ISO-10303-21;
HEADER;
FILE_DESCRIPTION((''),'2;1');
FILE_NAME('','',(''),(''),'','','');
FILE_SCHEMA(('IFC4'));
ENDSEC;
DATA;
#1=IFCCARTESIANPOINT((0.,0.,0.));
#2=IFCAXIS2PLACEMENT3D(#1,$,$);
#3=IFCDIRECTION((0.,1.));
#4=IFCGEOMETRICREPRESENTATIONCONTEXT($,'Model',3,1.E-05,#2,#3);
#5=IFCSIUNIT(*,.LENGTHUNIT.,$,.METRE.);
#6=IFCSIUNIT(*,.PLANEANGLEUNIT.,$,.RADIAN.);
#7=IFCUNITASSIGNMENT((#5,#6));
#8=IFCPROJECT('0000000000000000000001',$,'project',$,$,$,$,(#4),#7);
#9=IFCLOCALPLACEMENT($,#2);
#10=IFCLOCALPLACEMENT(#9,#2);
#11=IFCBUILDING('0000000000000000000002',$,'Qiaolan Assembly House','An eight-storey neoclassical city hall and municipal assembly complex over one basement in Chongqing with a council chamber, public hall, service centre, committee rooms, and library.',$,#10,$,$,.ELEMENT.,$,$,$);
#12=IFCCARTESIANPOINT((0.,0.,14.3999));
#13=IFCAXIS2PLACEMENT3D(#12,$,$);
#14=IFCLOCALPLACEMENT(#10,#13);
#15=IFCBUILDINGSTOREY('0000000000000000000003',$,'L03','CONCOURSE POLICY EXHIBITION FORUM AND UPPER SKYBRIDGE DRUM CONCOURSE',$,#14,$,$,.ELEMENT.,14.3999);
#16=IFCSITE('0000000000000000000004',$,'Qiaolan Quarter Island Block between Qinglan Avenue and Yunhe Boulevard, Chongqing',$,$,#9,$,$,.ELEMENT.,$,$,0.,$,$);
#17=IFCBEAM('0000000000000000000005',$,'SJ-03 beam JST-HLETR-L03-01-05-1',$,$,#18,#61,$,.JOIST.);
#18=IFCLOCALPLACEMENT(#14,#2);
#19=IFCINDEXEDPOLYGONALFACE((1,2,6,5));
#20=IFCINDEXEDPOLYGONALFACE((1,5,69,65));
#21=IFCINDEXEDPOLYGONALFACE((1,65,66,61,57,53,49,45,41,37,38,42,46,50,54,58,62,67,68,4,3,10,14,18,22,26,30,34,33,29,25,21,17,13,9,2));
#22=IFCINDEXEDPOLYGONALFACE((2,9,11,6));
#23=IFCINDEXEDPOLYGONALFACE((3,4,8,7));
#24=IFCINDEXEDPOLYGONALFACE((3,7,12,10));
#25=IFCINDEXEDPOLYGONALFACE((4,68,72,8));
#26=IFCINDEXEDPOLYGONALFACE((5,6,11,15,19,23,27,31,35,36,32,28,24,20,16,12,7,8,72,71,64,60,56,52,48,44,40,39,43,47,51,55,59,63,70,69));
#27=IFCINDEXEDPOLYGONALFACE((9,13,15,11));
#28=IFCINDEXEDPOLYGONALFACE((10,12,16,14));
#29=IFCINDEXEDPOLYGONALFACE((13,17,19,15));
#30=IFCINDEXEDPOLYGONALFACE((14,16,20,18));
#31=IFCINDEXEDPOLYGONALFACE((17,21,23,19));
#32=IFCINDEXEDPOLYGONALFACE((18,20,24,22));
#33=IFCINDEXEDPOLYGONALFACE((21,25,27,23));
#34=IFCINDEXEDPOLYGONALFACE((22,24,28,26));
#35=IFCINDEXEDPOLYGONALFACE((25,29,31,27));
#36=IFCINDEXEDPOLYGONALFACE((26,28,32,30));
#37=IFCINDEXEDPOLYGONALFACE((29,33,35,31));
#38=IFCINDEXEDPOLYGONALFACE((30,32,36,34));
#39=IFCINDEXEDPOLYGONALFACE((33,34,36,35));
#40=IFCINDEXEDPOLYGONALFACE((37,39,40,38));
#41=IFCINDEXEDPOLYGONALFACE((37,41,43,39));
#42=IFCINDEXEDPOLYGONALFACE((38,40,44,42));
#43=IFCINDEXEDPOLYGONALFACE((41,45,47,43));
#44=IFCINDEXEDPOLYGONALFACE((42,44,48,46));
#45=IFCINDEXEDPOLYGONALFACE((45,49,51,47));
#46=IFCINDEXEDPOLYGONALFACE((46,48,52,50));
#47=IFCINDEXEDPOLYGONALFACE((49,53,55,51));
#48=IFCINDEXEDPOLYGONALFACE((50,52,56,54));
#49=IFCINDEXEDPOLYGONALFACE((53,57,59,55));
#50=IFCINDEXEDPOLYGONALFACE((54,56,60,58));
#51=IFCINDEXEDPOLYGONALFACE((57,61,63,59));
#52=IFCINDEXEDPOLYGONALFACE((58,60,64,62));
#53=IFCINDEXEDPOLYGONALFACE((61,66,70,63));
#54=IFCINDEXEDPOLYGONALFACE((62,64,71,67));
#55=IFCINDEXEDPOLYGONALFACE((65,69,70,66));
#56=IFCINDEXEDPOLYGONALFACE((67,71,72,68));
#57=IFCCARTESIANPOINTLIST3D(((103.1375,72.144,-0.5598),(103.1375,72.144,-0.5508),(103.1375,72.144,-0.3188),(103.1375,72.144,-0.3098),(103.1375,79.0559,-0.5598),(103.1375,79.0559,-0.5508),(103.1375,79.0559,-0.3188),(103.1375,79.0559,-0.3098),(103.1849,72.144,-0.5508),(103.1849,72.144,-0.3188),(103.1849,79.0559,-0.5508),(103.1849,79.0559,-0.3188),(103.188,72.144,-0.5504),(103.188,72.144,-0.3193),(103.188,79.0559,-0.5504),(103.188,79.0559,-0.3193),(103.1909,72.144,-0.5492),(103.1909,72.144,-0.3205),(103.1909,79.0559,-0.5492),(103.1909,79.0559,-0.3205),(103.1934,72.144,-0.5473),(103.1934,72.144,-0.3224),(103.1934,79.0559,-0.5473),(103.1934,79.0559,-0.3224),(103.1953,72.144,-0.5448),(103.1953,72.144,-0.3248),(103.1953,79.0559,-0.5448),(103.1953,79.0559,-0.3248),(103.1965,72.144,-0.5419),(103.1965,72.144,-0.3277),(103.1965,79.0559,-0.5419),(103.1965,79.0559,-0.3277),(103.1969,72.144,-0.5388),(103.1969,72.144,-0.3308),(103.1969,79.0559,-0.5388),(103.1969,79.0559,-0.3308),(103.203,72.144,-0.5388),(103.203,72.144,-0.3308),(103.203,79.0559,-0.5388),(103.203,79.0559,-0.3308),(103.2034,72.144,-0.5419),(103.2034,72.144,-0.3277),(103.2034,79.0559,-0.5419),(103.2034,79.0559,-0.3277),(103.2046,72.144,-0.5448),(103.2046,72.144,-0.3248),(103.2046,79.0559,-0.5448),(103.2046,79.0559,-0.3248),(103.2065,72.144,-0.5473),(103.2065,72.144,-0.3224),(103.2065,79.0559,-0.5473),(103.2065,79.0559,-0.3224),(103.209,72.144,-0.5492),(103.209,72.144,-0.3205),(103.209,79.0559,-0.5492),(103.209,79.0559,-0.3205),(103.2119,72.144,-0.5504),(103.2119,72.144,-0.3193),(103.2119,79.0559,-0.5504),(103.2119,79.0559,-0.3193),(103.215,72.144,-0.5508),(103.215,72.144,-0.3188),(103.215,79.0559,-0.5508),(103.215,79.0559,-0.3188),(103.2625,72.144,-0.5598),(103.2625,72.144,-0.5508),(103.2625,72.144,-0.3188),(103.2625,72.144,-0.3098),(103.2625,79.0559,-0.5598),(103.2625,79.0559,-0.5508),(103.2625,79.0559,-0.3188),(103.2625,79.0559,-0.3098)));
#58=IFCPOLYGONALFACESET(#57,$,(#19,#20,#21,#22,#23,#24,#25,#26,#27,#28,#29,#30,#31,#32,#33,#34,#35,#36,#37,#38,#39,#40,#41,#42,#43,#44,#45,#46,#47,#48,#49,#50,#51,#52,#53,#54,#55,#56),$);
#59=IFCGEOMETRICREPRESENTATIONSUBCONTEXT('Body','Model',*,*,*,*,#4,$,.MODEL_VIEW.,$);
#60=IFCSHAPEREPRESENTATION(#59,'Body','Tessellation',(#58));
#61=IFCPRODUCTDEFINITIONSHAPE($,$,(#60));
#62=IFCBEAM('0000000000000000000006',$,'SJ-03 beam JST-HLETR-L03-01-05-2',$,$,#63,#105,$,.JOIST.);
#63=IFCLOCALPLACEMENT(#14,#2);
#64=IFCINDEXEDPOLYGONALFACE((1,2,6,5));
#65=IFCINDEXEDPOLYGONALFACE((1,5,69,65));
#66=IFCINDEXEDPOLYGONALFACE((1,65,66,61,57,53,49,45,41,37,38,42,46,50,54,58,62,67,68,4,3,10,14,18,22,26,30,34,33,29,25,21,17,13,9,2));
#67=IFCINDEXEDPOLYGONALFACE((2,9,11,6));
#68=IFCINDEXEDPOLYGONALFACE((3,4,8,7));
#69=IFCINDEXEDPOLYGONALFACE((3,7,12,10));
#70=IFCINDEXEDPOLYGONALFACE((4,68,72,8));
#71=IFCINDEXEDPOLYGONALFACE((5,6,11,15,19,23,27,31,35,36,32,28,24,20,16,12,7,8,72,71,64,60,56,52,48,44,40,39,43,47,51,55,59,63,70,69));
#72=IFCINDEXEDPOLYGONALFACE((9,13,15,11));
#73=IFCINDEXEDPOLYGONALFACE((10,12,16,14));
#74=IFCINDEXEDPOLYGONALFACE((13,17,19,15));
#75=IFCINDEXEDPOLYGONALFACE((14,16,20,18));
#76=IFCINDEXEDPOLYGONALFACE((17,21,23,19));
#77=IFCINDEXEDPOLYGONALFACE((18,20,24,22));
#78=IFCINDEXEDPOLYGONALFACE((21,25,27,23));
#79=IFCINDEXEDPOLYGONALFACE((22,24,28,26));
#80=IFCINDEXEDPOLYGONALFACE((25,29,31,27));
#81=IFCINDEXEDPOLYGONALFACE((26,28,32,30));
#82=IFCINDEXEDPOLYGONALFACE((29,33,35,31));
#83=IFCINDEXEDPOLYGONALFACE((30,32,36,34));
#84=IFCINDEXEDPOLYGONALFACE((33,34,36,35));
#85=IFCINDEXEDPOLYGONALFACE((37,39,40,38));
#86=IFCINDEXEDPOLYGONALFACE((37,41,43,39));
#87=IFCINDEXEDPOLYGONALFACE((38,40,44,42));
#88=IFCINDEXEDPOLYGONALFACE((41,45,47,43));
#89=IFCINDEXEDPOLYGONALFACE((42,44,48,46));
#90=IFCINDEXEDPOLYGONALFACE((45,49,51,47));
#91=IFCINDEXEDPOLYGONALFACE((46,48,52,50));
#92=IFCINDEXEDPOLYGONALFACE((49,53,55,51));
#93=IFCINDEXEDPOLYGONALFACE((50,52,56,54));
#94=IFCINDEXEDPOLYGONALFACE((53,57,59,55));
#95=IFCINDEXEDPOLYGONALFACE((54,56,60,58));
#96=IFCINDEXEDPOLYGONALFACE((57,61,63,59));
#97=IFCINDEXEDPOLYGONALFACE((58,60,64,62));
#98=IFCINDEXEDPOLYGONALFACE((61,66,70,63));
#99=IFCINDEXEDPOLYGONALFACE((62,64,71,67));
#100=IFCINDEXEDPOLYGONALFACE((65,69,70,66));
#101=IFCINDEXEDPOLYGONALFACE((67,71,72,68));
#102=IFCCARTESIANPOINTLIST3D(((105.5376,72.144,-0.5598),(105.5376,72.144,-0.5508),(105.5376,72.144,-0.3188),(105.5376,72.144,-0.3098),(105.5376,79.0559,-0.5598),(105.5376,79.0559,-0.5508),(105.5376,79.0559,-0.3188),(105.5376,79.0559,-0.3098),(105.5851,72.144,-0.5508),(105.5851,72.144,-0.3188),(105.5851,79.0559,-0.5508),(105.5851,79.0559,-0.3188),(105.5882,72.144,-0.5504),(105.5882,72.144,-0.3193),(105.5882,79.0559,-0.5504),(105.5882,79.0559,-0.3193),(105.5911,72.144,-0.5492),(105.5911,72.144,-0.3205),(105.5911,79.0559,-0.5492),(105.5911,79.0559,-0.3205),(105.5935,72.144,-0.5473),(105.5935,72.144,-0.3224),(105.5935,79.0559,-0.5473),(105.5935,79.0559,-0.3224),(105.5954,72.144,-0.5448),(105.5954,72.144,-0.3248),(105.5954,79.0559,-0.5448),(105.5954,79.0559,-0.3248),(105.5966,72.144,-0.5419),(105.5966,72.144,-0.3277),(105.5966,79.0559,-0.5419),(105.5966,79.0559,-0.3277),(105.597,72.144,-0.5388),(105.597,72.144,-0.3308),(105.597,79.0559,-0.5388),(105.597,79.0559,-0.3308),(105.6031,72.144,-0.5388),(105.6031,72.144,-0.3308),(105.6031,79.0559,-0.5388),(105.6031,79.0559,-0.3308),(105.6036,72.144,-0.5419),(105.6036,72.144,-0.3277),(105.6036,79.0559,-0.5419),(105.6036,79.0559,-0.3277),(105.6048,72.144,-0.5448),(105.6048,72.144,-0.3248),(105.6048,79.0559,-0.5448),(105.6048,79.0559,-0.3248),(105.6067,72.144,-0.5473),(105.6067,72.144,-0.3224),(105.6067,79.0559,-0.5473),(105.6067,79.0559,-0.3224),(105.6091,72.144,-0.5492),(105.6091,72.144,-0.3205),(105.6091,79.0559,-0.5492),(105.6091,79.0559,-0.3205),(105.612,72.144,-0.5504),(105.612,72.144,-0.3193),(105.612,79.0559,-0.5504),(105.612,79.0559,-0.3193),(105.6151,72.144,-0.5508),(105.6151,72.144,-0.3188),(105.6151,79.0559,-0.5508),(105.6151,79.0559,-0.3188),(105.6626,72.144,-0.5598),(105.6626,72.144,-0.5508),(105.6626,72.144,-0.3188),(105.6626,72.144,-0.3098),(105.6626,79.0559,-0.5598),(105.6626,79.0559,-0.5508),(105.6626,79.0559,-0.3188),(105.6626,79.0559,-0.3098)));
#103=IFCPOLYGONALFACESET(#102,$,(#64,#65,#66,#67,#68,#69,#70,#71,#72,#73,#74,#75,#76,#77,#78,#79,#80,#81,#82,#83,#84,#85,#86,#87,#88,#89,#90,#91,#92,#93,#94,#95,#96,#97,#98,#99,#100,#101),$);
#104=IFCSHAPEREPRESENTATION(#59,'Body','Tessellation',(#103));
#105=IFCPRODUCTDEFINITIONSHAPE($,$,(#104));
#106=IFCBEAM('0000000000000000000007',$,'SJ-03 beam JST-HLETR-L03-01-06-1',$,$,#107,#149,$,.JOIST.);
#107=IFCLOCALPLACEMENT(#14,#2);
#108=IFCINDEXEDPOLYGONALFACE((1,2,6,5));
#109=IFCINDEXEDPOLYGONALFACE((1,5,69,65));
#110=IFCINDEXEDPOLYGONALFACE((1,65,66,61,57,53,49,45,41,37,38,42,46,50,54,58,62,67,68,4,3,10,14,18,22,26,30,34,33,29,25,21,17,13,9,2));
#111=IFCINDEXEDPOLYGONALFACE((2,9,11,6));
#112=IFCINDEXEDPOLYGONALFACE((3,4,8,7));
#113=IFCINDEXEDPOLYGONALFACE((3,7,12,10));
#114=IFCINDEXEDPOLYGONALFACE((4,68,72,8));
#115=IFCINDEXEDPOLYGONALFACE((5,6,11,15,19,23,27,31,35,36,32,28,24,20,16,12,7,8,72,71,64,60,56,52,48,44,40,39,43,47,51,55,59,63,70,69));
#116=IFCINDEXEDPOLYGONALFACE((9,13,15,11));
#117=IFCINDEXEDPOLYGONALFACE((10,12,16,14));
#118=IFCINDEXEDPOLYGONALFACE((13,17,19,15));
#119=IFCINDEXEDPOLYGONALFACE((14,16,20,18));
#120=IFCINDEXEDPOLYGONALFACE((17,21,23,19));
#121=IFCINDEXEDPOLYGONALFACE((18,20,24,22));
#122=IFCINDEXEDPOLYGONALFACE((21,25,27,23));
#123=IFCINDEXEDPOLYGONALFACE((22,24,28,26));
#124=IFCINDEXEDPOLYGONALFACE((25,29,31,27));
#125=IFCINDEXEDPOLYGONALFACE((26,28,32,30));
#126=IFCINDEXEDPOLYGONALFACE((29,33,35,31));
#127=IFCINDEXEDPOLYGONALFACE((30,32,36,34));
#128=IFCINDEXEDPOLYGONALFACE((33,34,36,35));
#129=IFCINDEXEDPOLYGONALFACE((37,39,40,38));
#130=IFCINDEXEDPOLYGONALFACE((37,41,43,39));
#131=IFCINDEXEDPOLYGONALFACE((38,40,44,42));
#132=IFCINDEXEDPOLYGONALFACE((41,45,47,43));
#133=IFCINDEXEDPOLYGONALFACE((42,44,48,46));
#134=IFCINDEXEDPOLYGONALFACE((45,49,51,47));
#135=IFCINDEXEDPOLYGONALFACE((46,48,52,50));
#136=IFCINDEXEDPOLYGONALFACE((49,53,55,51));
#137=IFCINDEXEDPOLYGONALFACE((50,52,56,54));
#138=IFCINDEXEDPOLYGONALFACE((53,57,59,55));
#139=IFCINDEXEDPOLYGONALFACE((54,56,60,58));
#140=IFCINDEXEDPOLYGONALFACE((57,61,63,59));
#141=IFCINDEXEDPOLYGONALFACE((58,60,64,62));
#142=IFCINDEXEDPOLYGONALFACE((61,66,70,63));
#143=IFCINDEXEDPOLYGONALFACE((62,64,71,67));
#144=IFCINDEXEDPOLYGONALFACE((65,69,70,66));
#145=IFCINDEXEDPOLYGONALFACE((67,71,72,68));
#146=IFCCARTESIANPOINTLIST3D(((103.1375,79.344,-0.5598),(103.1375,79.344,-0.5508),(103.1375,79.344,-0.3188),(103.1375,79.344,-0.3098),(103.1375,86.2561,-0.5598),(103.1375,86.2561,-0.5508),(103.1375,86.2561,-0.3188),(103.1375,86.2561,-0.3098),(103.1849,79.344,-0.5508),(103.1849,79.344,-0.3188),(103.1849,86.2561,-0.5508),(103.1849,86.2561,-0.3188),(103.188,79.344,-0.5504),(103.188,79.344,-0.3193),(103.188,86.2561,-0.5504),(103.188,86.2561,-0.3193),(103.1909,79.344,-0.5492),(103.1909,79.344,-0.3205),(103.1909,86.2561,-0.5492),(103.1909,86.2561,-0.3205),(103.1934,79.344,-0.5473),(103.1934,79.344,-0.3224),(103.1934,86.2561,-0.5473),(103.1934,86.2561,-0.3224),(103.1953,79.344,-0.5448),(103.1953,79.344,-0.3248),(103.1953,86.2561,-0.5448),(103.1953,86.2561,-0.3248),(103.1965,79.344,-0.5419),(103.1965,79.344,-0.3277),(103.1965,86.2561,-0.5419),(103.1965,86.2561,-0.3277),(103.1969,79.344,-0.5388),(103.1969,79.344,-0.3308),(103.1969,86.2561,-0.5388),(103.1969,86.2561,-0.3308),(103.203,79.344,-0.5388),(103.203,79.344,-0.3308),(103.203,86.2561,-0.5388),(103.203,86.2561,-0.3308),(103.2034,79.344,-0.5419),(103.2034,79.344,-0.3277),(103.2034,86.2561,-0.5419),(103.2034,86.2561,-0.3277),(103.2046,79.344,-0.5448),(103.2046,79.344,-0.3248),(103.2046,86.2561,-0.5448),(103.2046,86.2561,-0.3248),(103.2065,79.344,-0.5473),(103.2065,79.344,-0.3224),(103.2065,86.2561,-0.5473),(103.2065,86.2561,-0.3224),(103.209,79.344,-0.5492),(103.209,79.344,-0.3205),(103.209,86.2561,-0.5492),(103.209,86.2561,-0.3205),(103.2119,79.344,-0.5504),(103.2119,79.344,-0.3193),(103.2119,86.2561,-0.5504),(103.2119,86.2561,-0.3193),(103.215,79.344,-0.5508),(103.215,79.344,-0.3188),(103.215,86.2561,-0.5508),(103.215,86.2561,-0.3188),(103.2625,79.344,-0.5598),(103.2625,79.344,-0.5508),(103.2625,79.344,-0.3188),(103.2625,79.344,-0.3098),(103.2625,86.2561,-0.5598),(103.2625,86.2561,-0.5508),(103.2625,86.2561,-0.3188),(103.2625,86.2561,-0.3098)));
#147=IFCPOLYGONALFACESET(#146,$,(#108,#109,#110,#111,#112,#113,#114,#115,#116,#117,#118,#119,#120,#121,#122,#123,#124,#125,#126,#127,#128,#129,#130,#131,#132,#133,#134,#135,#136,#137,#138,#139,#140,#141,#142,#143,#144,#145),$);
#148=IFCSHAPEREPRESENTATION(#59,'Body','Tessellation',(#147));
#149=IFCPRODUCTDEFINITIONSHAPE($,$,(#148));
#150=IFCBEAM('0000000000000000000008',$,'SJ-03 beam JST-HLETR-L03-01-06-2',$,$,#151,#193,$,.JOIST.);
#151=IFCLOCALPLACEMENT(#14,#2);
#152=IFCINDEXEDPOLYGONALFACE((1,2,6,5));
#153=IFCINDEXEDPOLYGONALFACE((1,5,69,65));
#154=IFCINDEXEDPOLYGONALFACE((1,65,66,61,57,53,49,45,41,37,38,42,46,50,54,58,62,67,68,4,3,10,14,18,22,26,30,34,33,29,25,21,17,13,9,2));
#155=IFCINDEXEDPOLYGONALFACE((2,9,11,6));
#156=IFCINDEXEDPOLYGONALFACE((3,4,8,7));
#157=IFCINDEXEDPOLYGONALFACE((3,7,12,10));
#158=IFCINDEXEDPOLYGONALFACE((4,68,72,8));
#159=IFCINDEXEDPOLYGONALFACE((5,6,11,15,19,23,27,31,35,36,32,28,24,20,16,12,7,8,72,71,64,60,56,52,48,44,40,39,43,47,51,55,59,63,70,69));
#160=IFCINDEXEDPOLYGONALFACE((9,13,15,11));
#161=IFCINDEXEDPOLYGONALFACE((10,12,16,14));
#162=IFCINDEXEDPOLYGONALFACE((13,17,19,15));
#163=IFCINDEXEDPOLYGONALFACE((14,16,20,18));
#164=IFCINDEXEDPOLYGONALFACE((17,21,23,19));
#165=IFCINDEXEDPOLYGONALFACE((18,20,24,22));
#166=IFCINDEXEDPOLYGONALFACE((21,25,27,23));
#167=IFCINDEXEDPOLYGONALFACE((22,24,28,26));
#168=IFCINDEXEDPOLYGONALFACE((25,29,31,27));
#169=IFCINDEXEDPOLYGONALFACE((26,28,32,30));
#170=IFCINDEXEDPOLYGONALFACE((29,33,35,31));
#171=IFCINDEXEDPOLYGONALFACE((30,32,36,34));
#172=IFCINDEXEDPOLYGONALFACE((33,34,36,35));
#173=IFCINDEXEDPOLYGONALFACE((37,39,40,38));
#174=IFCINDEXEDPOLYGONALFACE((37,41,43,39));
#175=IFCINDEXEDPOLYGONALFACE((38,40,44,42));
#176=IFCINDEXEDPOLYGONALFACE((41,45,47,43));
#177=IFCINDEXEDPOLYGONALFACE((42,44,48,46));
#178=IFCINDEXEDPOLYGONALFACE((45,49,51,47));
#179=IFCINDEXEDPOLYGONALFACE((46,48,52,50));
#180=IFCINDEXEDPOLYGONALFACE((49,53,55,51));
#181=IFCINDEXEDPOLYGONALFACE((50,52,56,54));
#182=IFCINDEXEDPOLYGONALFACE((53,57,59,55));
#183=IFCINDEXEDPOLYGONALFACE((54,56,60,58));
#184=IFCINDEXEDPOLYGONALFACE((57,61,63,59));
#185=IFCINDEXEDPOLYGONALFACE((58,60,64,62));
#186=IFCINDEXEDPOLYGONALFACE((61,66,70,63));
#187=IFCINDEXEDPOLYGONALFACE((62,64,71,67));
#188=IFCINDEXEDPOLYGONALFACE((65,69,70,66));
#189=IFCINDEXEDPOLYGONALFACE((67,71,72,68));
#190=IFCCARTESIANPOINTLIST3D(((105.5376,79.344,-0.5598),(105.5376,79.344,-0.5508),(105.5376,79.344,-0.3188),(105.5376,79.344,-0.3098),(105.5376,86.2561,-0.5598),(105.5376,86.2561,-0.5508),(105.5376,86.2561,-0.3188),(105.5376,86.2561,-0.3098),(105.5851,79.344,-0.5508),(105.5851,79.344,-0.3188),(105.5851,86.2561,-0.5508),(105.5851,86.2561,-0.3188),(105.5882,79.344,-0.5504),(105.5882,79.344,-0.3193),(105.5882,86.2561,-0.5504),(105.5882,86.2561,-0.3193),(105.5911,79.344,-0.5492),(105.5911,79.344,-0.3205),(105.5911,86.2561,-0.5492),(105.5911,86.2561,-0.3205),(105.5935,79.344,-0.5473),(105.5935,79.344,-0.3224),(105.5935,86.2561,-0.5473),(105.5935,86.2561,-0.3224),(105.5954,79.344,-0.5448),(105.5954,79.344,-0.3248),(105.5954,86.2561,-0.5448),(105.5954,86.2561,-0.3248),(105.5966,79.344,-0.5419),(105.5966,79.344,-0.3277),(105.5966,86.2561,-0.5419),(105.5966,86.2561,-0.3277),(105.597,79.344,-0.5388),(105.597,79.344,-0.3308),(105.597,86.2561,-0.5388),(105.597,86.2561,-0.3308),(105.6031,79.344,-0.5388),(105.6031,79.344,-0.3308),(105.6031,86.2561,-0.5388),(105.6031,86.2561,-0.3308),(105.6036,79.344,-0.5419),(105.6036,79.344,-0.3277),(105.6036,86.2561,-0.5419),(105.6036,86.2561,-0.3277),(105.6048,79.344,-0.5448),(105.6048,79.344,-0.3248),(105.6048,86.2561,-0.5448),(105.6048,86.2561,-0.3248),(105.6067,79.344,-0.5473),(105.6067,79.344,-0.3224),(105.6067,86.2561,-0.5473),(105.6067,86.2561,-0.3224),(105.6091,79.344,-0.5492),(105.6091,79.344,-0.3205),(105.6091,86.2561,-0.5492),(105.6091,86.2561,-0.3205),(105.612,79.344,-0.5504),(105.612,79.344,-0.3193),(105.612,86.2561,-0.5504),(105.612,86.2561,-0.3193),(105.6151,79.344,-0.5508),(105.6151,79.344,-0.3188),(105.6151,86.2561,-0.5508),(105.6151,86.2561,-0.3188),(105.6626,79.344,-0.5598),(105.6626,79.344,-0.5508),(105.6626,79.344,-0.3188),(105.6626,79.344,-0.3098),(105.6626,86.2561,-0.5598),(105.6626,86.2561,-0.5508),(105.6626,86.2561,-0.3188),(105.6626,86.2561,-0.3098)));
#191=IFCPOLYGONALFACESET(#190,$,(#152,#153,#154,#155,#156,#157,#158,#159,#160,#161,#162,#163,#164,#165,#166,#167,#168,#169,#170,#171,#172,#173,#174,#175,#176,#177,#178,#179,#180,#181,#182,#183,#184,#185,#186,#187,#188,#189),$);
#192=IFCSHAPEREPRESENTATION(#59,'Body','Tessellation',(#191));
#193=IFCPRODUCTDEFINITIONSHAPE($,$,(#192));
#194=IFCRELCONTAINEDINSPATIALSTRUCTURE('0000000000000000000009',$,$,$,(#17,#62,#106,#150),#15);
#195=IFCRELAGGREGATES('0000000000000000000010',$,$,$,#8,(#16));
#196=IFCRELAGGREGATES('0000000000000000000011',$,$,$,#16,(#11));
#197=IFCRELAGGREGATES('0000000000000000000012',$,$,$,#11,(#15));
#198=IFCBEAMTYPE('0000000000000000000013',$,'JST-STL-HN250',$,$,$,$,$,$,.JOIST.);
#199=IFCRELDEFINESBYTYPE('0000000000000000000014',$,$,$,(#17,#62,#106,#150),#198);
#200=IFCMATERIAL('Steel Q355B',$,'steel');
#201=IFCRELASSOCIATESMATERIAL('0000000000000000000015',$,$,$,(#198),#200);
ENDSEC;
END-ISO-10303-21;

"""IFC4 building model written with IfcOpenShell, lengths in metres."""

from ifc_helpers import new_model, si_unit, direction, frame, origin, origin_2d, place, context, subcontext, project, spatial, i_section, extrude, material, material_profile, profile_set, type_object, element, save


model = new_model("IFC4")

# Units and contexts
model_context = context("Model", 3, precision=1e-05, world=origin(), true_north=direction((0.0, 1.0)))
body_context = subcontext(model_context, "Body", "Model", "MODEL_VIEW")
ifc_project = project(units=[si_unit("LENGTHUNIT", "METRE"), si_unit("PLANEANGLEUNIT", "RADIAN")], contexts=[model_context])

# Site, building, storey
site_placement = place(None, origin())
site = spatial("IfcSite", under=ifc_project, at=site_placement, Name="Qiaolan Quarter Island Block between Qinglan Avenue and Yunhe Boulevard, Chongqing", CompositionType="ELEMENT", RefElevation=0.0)
building_placement = place(site_placement, origin())
building = spatial("IfcBuilding", under=site, at=building_placement, Name="Qiaolan Assembly House", Description="An eight-storey neoclassical city hall and municipal assembly complex over one basement in Chongqing with a council chamber, public hall, service centre, committee rooms, and library.", CompositionType="ELEMENT")
storey_placement = place(building_placement, frame((0.0, 0.0, 14.3999)))
storey = spatial("IfcBuildingStorey", under=building, at=storey_placement, Name="L03", Description="CONCOURSE POLICY EXHIBITION FORUM AND UPPER SKYBRIDGE DRUM CONCOURSE", CompositionType="ELEMENT", Elevation=14.3999)

# Shared definitions
ifc_material_1 = material(Name="Steel Q355B", Category="steel")

# Beams
ifc_material_profile_1 = material_profile(ifc_material_1, i_section(OverallWidth=0.125, OverallDepth=0.25, WebThickness=0.0061, FlangeThickness=0.009, FilletRadius=0.012, at=origin_2d()), Name="HN 250x125x6x9")
ifc_profile_set_1 = profile_set([ifc_material_profile_1], Name="Steel Q355B")
beam_type_1 = type_object("IfcBeamType", Name="JST-STL-HN250", PredefinedType="JOIST", material=ifc_profile_set_1)
for number, where, z_axis, x_axis, name in (
    (1, (103.2, 72.144, -0.4348), (0.0, 1.0, 0.0), (-1.0, 0.0, 0.0), "SJ-03 beam JST-HLETR-L03-01-05-1"),
    (2, (105.6001, 72.144, -0.4348), (0.0, 1.0, 0.0), (-1.0, 0.0, 0.0), "SJ-03 beam JST-HLETR-L03-01-05-2"),
):
    element("IfcBeam", number, at=place(storey_placement, frame(where, z_axis=z_axis, x_axis=x_axis)), inside=storey, type_object=beam_type_1, Name=name, PredefinedType="JOIST", context=body_context, shape_type="SweptSolid", body=[
        extrude(i_section(OverallWidth=0.125, OverallDepth=0.25, WebThickness=0.0061, FlangeThickness=0.009, FilletRadius=0.012, at=origin_2d()), origin(), (0.0, 0.0, 1.0), 6.9119),
    ])
for number, where, z_axis, x_axis, name in (
    (3, (103.2, 79.344, -0.4348), (0.0, 1.0, 0.0), (-1.0, 0.0, 0.0), "SJ-03 beam JST-HLETR-L03-01-06-1"),
    (4, (105.6001, 79.344, -0.4348), (0.0, 1.0, 0.0), (-1.0, 0.0, 0.0), "SJ-03 beam JST-HLETR-L03-01-06-2"),
):
    element("IfcBeam", number, at=place(storey_placement, frame(where, z_axis=z_axis, x_axis=x_axis)), inside=storey, type_object=beam_type_1, Name=name, PredefinedType="JOIST", context=body_context, shape_type="SweptSolid", body=[
        extrude(i_section(OverallWidth=0.125, OverallDepth=0.25, WebThickness=0.0061, FlangeThickness=0.009, FilletRadius=0.012, at=origin_2d()), origin(), (0.0, 0.0, 1.0), 6.9121),
    ])

save(model, "model.ifc")
